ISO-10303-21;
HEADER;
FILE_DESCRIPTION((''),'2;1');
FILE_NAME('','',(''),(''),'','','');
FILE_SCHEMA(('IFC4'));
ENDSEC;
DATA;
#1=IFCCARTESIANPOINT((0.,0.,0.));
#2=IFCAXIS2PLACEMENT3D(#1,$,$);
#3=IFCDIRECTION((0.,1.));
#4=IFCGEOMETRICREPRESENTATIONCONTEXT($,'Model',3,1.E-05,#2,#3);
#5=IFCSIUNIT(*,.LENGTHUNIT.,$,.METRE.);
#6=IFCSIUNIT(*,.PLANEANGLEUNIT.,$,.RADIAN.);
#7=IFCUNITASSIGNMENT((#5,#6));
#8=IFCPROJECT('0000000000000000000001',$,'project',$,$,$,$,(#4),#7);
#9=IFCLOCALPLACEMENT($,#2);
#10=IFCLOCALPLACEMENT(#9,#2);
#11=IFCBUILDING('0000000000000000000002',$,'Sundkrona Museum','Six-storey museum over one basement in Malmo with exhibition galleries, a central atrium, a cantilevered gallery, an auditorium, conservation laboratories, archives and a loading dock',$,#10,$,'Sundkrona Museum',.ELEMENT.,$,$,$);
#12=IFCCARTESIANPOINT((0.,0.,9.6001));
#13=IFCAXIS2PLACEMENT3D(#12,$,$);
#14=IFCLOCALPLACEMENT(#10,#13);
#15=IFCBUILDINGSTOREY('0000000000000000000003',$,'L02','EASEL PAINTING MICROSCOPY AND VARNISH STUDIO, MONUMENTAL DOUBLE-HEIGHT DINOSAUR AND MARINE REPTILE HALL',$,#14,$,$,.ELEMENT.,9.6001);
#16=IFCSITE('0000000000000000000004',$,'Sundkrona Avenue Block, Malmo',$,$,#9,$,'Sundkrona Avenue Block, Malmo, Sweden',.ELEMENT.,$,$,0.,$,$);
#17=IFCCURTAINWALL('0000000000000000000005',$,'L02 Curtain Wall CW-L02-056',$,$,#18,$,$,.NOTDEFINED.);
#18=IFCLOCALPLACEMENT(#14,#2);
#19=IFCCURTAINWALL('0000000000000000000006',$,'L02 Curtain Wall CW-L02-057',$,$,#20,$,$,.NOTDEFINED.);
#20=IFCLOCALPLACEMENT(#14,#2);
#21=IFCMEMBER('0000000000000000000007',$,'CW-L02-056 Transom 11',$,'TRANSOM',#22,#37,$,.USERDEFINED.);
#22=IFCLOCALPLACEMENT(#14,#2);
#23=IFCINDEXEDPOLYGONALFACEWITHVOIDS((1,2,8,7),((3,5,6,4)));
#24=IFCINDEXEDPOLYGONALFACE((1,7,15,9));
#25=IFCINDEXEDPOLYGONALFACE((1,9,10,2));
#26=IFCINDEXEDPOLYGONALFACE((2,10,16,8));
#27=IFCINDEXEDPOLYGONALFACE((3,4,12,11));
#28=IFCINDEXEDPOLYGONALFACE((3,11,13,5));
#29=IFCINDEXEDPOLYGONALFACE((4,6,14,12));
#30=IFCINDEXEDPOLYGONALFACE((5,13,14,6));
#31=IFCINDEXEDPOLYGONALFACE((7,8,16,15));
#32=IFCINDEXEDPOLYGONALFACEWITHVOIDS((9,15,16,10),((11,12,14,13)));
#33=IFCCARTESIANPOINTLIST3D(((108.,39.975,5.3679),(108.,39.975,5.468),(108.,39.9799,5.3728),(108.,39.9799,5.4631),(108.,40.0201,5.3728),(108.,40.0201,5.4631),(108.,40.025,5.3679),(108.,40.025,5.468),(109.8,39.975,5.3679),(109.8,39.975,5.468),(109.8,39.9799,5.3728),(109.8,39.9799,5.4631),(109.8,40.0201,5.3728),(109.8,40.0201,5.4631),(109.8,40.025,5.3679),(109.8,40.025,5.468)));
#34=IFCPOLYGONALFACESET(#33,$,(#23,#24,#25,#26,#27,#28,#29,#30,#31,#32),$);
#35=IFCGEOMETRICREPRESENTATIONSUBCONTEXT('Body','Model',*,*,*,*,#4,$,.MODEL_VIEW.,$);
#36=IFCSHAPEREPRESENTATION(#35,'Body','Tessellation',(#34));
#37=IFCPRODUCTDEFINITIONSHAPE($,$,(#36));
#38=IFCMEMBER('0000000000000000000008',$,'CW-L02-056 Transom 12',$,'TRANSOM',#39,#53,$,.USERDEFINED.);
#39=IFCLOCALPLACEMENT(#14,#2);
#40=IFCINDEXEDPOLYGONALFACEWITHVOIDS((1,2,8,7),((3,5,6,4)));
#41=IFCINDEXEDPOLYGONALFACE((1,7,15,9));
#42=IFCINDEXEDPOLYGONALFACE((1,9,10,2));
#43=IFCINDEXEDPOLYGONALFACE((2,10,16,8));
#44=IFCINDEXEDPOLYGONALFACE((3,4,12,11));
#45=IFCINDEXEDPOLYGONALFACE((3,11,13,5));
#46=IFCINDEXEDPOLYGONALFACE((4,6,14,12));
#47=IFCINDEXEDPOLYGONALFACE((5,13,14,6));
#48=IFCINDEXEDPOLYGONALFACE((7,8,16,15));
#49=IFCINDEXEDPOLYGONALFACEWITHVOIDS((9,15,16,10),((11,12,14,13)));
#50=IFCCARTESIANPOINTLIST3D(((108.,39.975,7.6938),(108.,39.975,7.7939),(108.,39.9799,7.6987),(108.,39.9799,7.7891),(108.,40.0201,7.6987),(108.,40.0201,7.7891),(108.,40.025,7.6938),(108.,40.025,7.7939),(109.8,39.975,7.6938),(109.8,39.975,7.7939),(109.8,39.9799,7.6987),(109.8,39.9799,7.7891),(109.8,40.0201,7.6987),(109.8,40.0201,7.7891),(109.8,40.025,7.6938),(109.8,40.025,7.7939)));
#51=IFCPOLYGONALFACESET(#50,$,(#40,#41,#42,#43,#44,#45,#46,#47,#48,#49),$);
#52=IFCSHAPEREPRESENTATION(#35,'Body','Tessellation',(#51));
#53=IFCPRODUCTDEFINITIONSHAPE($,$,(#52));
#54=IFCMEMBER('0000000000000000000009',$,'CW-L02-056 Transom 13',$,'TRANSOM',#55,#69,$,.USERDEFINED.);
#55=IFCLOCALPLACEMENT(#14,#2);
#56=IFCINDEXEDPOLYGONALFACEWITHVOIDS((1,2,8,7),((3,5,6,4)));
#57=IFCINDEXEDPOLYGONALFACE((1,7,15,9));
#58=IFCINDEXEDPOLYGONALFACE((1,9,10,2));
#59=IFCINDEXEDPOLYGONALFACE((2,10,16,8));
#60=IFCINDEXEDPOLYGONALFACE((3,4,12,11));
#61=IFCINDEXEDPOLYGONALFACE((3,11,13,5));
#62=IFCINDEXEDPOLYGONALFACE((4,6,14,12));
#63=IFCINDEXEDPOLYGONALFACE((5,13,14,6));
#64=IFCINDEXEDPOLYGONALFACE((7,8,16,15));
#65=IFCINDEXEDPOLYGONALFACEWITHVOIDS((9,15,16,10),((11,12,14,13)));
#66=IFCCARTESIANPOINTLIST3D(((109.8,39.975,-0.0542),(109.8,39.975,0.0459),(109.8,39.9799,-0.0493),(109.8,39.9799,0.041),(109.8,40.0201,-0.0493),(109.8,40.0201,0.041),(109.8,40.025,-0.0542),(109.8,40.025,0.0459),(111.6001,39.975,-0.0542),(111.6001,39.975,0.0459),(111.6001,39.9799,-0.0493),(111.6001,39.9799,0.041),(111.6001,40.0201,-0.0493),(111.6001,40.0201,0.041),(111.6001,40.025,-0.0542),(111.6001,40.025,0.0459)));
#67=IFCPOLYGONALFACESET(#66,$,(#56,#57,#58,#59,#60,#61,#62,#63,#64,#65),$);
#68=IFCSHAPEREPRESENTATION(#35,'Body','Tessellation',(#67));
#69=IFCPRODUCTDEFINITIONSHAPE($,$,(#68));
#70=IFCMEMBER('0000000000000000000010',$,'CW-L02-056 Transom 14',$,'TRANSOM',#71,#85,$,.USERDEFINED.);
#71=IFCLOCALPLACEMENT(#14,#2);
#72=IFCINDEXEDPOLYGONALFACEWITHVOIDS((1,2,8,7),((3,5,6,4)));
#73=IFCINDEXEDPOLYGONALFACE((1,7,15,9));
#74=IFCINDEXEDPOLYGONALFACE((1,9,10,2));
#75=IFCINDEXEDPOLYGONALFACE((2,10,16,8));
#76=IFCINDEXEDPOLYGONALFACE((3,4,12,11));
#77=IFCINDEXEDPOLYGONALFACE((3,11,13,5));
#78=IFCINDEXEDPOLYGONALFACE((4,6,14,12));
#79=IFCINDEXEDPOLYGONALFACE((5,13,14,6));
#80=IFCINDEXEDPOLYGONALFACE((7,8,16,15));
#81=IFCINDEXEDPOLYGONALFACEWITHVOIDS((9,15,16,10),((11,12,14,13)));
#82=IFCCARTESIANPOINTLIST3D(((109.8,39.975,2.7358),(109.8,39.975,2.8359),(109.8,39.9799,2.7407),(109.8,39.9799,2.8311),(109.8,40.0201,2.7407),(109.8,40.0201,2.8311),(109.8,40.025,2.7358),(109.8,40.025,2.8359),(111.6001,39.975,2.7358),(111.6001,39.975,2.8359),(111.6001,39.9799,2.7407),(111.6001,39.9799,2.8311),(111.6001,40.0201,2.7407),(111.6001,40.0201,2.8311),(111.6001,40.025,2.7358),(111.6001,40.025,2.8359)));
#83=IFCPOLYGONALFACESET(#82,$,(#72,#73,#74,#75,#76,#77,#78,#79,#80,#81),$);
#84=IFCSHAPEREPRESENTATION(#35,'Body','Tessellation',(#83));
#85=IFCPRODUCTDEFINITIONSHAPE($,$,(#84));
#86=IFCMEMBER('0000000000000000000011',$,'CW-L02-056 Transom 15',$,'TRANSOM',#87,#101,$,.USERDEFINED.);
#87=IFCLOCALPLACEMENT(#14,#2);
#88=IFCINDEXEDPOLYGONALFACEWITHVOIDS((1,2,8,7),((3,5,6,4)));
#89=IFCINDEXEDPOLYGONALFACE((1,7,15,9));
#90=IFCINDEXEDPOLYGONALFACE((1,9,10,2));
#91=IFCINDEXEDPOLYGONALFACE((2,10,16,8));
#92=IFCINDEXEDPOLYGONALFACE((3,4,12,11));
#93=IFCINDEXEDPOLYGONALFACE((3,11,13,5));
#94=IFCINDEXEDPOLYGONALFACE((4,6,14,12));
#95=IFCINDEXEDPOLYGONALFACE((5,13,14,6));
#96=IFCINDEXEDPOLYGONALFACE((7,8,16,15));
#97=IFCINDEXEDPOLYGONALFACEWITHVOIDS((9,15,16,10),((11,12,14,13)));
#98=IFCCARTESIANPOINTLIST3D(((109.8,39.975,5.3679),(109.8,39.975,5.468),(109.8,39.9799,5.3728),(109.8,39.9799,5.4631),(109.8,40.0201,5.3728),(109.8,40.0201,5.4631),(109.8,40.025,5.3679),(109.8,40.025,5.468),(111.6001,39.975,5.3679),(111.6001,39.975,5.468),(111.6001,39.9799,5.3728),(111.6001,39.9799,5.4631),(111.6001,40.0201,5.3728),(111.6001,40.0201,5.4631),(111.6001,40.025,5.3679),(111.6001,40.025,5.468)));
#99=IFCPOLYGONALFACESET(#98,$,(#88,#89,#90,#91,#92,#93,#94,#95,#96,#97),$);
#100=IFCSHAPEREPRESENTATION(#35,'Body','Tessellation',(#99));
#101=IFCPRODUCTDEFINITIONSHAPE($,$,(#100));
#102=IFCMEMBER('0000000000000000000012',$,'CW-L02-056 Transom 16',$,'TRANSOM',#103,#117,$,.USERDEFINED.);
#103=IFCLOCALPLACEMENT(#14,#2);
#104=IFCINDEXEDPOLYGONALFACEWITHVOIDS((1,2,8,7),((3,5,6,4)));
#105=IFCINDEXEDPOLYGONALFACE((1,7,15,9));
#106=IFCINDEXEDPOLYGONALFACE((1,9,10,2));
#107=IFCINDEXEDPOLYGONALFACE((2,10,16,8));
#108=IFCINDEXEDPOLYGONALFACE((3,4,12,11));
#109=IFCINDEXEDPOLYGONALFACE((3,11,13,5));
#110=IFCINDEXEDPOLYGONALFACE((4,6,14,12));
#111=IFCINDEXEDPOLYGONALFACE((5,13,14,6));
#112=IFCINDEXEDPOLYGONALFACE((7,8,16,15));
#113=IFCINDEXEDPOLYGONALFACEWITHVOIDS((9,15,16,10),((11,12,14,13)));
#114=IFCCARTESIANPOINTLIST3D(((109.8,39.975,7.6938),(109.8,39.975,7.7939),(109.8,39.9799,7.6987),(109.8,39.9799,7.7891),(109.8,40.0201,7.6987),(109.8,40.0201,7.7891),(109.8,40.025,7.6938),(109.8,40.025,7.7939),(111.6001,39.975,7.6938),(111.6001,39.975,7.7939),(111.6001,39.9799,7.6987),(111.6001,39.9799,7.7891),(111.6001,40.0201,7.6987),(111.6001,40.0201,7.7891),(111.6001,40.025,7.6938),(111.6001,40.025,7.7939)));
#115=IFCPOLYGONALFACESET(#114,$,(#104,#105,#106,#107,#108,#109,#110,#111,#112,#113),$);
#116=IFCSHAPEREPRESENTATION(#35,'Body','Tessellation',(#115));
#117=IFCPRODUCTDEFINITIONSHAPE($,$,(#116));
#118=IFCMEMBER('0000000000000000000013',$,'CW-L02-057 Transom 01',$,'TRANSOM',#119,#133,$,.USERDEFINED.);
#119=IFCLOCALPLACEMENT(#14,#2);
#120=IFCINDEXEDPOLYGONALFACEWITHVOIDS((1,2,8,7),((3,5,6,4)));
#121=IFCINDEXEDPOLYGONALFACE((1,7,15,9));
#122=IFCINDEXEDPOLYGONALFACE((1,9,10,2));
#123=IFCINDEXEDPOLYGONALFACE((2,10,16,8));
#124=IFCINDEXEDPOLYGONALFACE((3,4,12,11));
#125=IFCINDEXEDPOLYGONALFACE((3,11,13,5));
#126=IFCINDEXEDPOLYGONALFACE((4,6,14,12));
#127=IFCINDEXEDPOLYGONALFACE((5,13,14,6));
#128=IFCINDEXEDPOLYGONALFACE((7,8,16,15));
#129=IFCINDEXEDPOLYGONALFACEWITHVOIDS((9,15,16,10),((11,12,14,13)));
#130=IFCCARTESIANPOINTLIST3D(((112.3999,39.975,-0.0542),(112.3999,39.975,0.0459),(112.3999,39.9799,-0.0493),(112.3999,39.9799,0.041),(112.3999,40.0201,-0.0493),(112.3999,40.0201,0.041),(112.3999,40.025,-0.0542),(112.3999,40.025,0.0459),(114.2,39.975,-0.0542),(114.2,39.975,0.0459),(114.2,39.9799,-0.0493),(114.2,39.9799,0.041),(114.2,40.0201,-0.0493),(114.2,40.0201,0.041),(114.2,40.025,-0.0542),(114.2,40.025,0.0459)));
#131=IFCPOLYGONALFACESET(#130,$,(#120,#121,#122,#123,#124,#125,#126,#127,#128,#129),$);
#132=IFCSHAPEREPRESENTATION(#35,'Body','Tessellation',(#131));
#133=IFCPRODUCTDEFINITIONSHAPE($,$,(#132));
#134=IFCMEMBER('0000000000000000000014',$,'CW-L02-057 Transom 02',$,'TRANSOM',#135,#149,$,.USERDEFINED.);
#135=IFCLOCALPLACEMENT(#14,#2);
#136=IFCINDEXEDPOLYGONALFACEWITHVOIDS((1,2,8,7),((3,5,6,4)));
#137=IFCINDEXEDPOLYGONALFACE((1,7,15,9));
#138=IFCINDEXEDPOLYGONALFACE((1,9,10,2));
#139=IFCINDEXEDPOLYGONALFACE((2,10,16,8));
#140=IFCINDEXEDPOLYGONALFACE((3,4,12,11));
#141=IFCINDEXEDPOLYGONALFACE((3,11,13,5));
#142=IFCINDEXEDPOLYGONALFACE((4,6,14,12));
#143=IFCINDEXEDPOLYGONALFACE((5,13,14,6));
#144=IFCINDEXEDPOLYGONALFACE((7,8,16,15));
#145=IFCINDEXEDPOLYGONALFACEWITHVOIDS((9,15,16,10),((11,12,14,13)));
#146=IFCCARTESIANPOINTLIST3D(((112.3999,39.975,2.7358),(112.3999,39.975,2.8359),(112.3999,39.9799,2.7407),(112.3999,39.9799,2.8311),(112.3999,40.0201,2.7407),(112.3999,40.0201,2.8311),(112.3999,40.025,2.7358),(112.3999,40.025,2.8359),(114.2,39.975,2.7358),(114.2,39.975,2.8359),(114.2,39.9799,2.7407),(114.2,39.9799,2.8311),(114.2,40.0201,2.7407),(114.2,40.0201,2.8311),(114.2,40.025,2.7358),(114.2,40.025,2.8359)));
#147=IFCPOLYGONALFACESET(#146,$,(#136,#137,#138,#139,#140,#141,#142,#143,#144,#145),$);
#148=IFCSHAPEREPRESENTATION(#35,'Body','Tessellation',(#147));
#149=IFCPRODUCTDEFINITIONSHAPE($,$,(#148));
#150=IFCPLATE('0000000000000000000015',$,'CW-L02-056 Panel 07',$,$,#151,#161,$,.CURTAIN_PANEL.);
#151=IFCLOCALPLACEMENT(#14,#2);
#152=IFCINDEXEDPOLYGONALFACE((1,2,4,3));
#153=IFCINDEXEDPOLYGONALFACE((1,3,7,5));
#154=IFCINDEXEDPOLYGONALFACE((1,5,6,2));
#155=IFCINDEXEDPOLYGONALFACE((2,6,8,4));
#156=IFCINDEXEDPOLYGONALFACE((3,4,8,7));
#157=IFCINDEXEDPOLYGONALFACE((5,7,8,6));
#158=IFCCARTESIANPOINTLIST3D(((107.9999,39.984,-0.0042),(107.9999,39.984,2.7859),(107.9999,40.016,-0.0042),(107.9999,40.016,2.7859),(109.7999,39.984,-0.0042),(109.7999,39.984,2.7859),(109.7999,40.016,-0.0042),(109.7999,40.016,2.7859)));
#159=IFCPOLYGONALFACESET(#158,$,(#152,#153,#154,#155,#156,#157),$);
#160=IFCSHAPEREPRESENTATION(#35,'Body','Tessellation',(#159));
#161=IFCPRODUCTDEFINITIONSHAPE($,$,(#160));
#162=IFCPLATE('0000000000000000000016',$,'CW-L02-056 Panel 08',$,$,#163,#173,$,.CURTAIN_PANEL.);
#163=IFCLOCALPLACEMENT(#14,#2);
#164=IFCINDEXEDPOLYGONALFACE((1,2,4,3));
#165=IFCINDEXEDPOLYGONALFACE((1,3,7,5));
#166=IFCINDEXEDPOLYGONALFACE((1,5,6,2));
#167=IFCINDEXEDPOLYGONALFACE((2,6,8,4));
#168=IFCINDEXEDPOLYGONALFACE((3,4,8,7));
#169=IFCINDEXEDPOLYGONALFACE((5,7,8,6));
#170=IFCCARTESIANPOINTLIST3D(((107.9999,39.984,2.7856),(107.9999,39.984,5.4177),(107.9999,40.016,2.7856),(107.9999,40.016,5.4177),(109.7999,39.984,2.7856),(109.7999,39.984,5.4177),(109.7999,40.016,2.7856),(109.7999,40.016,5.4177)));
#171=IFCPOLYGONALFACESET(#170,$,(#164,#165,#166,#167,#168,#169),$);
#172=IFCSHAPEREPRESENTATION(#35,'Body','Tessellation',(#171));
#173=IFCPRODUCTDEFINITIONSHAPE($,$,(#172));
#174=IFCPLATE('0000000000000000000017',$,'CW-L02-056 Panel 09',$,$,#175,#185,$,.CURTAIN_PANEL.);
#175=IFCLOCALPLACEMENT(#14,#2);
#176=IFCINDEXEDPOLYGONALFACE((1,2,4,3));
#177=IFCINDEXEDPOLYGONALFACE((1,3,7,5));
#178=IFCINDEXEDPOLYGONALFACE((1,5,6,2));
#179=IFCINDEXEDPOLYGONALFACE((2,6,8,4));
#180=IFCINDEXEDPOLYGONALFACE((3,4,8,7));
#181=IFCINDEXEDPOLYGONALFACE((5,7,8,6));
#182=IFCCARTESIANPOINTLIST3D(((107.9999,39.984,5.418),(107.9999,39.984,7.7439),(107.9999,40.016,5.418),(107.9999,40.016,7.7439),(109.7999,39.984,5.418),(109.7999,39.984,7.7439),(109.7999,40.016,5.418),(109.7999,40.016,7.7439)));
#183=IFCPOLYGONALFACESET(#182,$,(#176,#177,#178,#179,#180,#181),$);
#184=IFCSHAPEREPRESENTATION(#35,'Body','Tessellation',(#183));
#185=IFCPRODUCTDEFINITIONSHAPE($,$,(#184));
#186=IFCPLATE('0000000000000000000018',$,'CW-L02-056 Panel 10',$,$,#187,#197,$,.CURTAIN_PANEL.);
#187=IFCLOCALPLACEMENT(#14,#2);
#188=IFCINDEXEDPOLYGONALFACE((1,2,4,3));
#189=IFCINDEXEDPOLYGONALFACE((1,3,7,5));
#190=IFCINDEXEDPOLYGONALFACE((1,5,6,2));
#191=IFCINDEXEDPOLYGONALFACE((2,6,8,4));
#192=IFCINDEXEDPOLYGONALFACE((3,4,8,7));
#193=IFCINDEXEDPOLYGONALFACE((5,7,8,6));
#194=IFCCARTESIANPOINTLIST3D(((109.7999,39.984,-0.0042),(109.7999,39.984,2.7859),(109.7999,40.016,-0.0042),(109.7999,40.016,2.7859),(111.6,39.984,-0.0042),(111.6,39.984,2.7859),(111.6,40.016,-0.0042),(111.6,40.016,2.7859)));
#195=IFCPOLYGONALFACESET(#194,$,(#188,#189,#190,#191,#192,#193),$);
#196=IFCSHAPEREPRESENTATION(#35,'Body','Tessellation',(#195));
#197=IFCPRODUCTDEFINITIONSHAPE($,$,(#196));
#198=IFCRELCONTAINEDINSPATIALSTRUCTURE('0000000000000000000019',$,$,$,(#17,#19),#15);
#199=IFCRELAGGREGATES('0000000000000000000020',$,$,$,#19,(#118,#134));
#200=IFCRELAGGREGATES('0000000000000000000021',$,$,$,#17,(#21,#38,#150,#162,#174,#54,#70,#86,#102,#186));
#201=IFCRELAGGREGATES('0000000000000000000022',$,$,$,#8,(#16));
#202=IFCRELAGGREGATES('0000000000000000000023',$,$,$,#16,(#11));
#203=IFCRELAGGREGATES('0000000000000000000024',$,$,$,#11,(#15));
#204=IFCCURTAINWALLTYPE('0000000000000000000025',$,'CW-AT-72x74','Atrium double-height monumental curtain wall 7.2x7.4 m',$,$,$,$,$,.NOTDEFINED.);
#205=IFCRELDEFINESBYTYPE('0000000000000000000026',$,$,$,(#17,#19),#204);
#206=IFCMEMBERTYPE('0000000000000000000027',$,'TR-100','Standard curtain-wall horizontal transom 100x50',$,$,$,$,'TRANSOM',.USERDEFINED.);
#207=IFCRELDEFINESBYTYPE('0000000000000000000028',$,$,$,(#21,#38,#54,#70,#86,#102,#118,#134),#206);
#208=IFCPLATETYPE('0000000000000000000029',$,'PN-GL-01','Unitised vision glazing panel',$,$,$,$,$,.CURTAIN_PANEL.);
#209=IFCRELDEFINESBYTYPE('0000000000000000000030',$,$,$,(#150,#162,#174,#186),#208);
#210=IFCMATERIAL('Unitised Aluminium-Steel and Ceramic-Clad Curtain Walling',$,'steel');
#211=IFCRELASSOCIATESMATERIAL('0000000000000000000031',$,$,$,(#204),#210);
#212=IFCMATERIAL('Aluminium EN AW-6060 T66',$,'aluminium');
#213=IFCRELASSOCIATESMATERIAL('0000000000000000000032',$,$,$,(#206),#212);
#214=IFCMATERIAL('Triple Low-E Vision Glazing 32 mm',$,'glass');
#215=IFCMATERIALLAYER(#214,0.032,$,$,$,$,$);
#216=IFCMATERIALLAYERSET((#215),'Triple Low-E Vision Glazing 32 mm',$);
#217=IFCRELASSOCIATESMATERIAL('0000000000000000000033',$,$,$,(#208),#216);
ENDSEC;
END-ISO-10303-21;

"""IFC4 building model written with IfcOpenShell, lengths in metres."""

from ifc_helpers import new_model, si_unit, direction, frame, origin, origin_2d, place, context, subcontext, project, spatial, rectangle, hollow_rectangle, extrude, material, layer, layer_set, material_profile, profile_set, type_object, element, aggregate, save


model = new_model("IFC4")

# Units and contexts
model_context = context("Model", 3, precision=1e-05, world=origin(), true_north=direction((0.0, 1.0)))
body_context = subcontext(model_context, "Body", "Model", "MODEL_VIEW")
ifc_project = project(units=[si_unit("LENGTHUNIT", "METRE"), si_unit("PLANEANGLEUNIT", "RADIAN")], contexts=[model_context])

# Site, building, storey
site_placement = place(None, origin())
site = spatial("IfcSite", under=ifc_project, at=site_placement, Name="Sundkrona Avenue Block, Malmo", LongName="Sundkrona Avenue Block, Malmo, Sweden", CompositionType="ELEMENT", RefElevation=0.0)
building_placement = place(site_placement, origin())
building = spatial("IfcBuilding", under=site, at=building_placement, Name="Sundkrona Museum", Description="Six-storey museum over one basement in Malmo with exhibition galleries, a central atrium, a cantilevered gallery, an auditorium, conservation laboratories, archives and a loading dock", LongName="Sundkrona Museum", CompositionType="ELEMENT")
storey_placement = place(building_placement, frame((0.0, 0.0, 9.6001)))
storey = spatial("IfcBuildingStorey", under=building, at=storey_placement, Name="L02", Description="EASEL PAINTING MICROSCOPY AND VARNISH STUDIO, MONUMENTAL DOUBLE-HEIGHT DINOSAUR AND MARINE REPTILE HALL", CompositionType="ELEMENT", Elevation=9.6001)

# Curtain wall
ifc_material_1 = material(Name="Unitised Aluminium-Steel and Ceramic-Clad Curtain Walling", Category="steel")
curtain_wall_type = type_object("IfcCurtainWallType", Name="CW-AT-72x74", Description="Atrium double-height monumental curtain wall 7.2x7.4 m", PredefinedType="NOTDEFINED", material=ifc_material_1)
curtain_wall_1_placement = place(storey_placement, origin())
curtain_wall_1 = element("IfcCurtainWall", 1, at=curtain_wall_1_placement, inside=storey, type_object=curtain_wall_type, Name="L02 Curtain Wall CW-L02-056", PredefinedType="NOTDEFINED")
ifc_material_2 = material(Name="Aluminium EN AW-6060 T66", Category="aluminium")

# Curtain wall
curtain_wall_2_placement = place(storey_placement, origin())
curtain_wall_2 = element("IfcCurtainWall", 2, at=curtain_wall_2_placement, inside=storey, type_object=curtain_wall_type, Name="L02 Curtain Wall CW-L02-057", PredefinedType="NOTDEFINED")

# Members
ifc_material_profile_1 = material_profile(ifc_material_2, hollow_rectangle(XDim=0.05, YDim=0.1001, WallThickness=0.0049, at=origin_2d()), Name="RHS 100x50x5.0")
ifc_profile_set_1 = profile_set([ifc_material_profile_1], Name="Aluminium EN AW-6060 T66")
member_type_1 = type_object("IfcMemberType", Name="TR-100", Description="Standard curtain-wall horizontal transom 100x50", ElementType="TRANSOM", PredefinedType="USERDEFINED", material=ifc_profile_set_1)
member_1_placement = place(storey_placement, frame((108.0, 40.0, 5.418), z_axis=(1.0, 0.0, 0.0), x_axis=(0.0, 1.0, 0.0)))
member_1 = element("IfcMember", 3, at=member_1_placement, type_object=member_type_1, Name="CW-L02-056 Transom 11", ObjectType="TRANSOM", PredefinedType="USERDEFINED", context=body_context, shape_type="SweptSolid", body=[
    extrude(hollow_rectangle(XDim=0.05, YDim=0.1001, WallThickness=0.0049, at=origin_2d()), origin(), (0.0, 0.0, 1.0), 1.8),
])
member_2_placement = place(storey_placement, frame((108.0, 40.0, 7.7439), z_axis=(1.0, 0.0, 0.0), x_axis=(0.0, 1.0, 0.0)))
member_2 = element("IfcMember", 4, at=member_2_placement, type_object=member_type_1, Name="CW-L02-056 Transom 12", ObjectType="TRANSOM", PredefinedType="USERDEFINED", context=body_context, shape_type="SweptSolid", body=[
    extrude(hollow_rectangle(XDim=0.05, YDim=0.1001, WallThickness=0.0049, at=origin_2d()), origin(), (0.0, 0.0, 1.0), 1.8),
])
member_3_placement = place(storey_placement, frame((109.8, 40.0, -0.0042), z_axis=(1.0, 0.0, 0.0), x_axis=(0.0, 1.0, 0.0)))
member_3 = element("IfcMember", 5, at=member_3_placement, type_object=member_type_1, Name="CW-L02-056 Transom 13", ObjectType="TRANSOM", PredefinedType="USERDEFINED", context=body_context, shape_type="SweptSolid", body=[
    extrude(hollow_rectangle(XDim=0.05, YDim=0.1001, WallThickness=0.0049, at=origin_2d()), origin(), (0.0, 0.0, 1.0), 1.8),
])
member_4_placement = place(storey_placement, frame((109.8, 40.0, 2.7859), z_axis=(1.0, 0.0, 0.0), x_axis=(0.0, 1.0, 0.0)))
member_4 = element("IfcMember", 6, at=member_4_placement, type_object=member_type_1, Name="CW-L02-056 Transom 14", ObjectType="TRANSOM", PredefinedType="USERDEFINED", context=body_context, shape_type="SweptSolid", body=[
    extrude(hollow_rectangle(XDim=0.05, YDim=0.1001, WallThickness=0.0049, at=origin_2d()), origin(), (0.0, 0.0, 1.0), 1.8),
])
member_5_placement = place(storey_placement, frame((109.8, 40.0, 5.418), z_axis=(1.0, 0.0, 0.0), x_axis=(0.0, 1.0, 0.0)))
member_5 = element("IfcMember", 7, at=member_5_placement, type_object=member_type_1, Name="CW-L02-056 Transom 15", ObjectType="TRANSOM", PredefinedType="USERDEFINED", context=body_context, shape_type="SweptSolid", body=[
    extrude(hollow_rectangle(XDim=0.05, YDim=0.1001, WallThickness=0.0049, at=origin_2d()), origin(), (0.0, 0.0, 1.0), 1.8),
])
member_6_placement = place(storey_placement, frame((109.8, 40.0, 7.7439), z_axis=(1.0, 0.0, 0.0), x_axis=(0.0, 1.0, 0.0)))
member_6 = element("IfcMember", 8, at=member_6_placement, type_object=member_type_1, Name="CW-L02-056 Transom 16", ObjectType="TRANSOM", PredefinedType="USERDEFINED", context=body_context, shape_type="SweptSolid", body=[
    extrude(hollow_rectangle(XDim=0.05, YDim=0.1001, WallThickness=0.0049, at=origin_2d()), origin(), (0.0, 0.0, 1.0), 1.8),
])
member_7_placement = place(storey_placement, frame((112.3999, 40.0, -0.0042), z_axis=(1.0, 0.0, 0.0), x_axis=(0.0, 1.0, 0.0)))
member_7 = element("IfcMember", 9, at=member_7_placement, type_object=member_type_1, Name="CW-L02-057 Transom 01", ObjectType="TRANSOM", PredefinedType="USERDEFINED", context=body_context, shape_type="SweptSolid", body=[
    extrude(hollow_rectangle(XDim=0.05, YDim=0.1001, WallThickness=0.0049, at=origin_2d()), origin(), (0.0, 0.0, 1.0), 1.8),
])
member_8_placement = place(storey_placement, frame((112.3999, 40.0, 2.7859), z_axis=(1.0, 0.0, 0.0), x_axis=(0.0, 1.0, 0.0)))
member_8 = element("IfcMember", 10, at=member_8_placement, type_object=member_type_1, Name="CW-L02-057 Transom 02", ObjectType="TRANSOM", PredefinedType="USERDEFINED", context=body_context, shape_type="SweptSolid", body=[
    extrude(hollow_rectangle(XDim=0.05, YDim=0.1001, WallThickness=0.0049, at=origin_2d()), origin(), (0.0, 0.0, 1.0), 1.8),
])
aggregate(curtain_wall_2, [member_7, member_8])

# Plates
ifc_material_3 = material(Name="Triple Low-E Vision Glazing 32 mm", Category="glass")
ifc_layer_1 = layer(ifc_material_3, 0.032)
ifc_layer_set_1 = layer_set([ifc_layer_1], Name="Triple Low-E Vision Glazing 32 mm")
plate_type = type_object("IfcPlateType", Name="PN-GL-01", Description="Unitised vision glazing panel", PredefinedType="CURTAIN_PANEL", material=ifc_layer_set_1)
plate_1_placement = place(storey_placement, frame((108.8999, 40.0, -0.0042), z_axis=(0.0, 0.0, 1.0), x_axis=(1.0, 0.0, 0.0)))
plate_1 = element("IfcPlate", 11, at=plate_1_placement, type_object=plate_type, Name="CW-L02-056 Panel 07", PredefinedType="CURTAIN_PANEL", context=body_context, shape_type="SweptSolid", body=[
    extrude(rectangle(XDim=1.8, YDim=0.032, at=origin_2d()), origin(), (0.0, 0.0, 1.0), 2.79),
])
plate_2_placement = place(storey_placement, frame((108.8999, 40.0, 2.7856), z_axis=(0.0, 0.0, 1.0), x_axis=(1.0, 0.0, 0.0)))
plate_2 = element("IfcPlate", 12, at=plate_2_placement, type_object=plate_type, Name="CW-L02-056 Panel 08", PredefinedType="CURTAIN_PANEL", context=body_context, shape_type="SweptSolid", body=[
    extrude(rectangle(XDim=1.8, YDim=0.032, at=origin_2d()), origin(), (0.0, 0.0, 1.0), 2.6321),
])
plate_3_placement = place(storey_placement, frame((108.8999, 40.0, 5.418), z_axis=(0.0, 0.0, 1.0), x_axis=(1.0, 0.0, 0.0)))
plate_3 = element("IfcPlate", 13, at=plate_3_placement, type_object=plate_type, Name="CW-L02-056 Panel 09", PredefinedType="CURTAIN_PANEL", context=body_context, shape_type="SweptSolid", body=[
    extrude(rectangle(XDim=1.8, YDim=0.032, at=origin_2d()), origin(), (0.0, 0.0, 1.0), 2.3259),
])
plate_4_placement = place(storey_placement, frame((110.7, 40.0, -0.0042), z_axis=(0.0, 0.0, 1.0), x_axis=(1.0, 0.0, 0.0)))
plate_4 = element("IfcPlate", 14, at=plate_4_placement, type_object=plate_type, Name="CW-L02-056 Panel 10", PredefinedType="CURTAIN_PANEL", context=body_context, shape_type="SweptSolid", body=[
    extrude(rectangle(XDim=1.8, YDim=0.032, at=origin_2d()), origin(), (0.0, 0.0, 1.0), 2.79),
])
aggregate(curtain_wall_1, [member_1, member_2, plate_1, plate_2, plate_3, member_3, member_4, member_5, member_6, plate_4])

save(model, "model.ifc")
